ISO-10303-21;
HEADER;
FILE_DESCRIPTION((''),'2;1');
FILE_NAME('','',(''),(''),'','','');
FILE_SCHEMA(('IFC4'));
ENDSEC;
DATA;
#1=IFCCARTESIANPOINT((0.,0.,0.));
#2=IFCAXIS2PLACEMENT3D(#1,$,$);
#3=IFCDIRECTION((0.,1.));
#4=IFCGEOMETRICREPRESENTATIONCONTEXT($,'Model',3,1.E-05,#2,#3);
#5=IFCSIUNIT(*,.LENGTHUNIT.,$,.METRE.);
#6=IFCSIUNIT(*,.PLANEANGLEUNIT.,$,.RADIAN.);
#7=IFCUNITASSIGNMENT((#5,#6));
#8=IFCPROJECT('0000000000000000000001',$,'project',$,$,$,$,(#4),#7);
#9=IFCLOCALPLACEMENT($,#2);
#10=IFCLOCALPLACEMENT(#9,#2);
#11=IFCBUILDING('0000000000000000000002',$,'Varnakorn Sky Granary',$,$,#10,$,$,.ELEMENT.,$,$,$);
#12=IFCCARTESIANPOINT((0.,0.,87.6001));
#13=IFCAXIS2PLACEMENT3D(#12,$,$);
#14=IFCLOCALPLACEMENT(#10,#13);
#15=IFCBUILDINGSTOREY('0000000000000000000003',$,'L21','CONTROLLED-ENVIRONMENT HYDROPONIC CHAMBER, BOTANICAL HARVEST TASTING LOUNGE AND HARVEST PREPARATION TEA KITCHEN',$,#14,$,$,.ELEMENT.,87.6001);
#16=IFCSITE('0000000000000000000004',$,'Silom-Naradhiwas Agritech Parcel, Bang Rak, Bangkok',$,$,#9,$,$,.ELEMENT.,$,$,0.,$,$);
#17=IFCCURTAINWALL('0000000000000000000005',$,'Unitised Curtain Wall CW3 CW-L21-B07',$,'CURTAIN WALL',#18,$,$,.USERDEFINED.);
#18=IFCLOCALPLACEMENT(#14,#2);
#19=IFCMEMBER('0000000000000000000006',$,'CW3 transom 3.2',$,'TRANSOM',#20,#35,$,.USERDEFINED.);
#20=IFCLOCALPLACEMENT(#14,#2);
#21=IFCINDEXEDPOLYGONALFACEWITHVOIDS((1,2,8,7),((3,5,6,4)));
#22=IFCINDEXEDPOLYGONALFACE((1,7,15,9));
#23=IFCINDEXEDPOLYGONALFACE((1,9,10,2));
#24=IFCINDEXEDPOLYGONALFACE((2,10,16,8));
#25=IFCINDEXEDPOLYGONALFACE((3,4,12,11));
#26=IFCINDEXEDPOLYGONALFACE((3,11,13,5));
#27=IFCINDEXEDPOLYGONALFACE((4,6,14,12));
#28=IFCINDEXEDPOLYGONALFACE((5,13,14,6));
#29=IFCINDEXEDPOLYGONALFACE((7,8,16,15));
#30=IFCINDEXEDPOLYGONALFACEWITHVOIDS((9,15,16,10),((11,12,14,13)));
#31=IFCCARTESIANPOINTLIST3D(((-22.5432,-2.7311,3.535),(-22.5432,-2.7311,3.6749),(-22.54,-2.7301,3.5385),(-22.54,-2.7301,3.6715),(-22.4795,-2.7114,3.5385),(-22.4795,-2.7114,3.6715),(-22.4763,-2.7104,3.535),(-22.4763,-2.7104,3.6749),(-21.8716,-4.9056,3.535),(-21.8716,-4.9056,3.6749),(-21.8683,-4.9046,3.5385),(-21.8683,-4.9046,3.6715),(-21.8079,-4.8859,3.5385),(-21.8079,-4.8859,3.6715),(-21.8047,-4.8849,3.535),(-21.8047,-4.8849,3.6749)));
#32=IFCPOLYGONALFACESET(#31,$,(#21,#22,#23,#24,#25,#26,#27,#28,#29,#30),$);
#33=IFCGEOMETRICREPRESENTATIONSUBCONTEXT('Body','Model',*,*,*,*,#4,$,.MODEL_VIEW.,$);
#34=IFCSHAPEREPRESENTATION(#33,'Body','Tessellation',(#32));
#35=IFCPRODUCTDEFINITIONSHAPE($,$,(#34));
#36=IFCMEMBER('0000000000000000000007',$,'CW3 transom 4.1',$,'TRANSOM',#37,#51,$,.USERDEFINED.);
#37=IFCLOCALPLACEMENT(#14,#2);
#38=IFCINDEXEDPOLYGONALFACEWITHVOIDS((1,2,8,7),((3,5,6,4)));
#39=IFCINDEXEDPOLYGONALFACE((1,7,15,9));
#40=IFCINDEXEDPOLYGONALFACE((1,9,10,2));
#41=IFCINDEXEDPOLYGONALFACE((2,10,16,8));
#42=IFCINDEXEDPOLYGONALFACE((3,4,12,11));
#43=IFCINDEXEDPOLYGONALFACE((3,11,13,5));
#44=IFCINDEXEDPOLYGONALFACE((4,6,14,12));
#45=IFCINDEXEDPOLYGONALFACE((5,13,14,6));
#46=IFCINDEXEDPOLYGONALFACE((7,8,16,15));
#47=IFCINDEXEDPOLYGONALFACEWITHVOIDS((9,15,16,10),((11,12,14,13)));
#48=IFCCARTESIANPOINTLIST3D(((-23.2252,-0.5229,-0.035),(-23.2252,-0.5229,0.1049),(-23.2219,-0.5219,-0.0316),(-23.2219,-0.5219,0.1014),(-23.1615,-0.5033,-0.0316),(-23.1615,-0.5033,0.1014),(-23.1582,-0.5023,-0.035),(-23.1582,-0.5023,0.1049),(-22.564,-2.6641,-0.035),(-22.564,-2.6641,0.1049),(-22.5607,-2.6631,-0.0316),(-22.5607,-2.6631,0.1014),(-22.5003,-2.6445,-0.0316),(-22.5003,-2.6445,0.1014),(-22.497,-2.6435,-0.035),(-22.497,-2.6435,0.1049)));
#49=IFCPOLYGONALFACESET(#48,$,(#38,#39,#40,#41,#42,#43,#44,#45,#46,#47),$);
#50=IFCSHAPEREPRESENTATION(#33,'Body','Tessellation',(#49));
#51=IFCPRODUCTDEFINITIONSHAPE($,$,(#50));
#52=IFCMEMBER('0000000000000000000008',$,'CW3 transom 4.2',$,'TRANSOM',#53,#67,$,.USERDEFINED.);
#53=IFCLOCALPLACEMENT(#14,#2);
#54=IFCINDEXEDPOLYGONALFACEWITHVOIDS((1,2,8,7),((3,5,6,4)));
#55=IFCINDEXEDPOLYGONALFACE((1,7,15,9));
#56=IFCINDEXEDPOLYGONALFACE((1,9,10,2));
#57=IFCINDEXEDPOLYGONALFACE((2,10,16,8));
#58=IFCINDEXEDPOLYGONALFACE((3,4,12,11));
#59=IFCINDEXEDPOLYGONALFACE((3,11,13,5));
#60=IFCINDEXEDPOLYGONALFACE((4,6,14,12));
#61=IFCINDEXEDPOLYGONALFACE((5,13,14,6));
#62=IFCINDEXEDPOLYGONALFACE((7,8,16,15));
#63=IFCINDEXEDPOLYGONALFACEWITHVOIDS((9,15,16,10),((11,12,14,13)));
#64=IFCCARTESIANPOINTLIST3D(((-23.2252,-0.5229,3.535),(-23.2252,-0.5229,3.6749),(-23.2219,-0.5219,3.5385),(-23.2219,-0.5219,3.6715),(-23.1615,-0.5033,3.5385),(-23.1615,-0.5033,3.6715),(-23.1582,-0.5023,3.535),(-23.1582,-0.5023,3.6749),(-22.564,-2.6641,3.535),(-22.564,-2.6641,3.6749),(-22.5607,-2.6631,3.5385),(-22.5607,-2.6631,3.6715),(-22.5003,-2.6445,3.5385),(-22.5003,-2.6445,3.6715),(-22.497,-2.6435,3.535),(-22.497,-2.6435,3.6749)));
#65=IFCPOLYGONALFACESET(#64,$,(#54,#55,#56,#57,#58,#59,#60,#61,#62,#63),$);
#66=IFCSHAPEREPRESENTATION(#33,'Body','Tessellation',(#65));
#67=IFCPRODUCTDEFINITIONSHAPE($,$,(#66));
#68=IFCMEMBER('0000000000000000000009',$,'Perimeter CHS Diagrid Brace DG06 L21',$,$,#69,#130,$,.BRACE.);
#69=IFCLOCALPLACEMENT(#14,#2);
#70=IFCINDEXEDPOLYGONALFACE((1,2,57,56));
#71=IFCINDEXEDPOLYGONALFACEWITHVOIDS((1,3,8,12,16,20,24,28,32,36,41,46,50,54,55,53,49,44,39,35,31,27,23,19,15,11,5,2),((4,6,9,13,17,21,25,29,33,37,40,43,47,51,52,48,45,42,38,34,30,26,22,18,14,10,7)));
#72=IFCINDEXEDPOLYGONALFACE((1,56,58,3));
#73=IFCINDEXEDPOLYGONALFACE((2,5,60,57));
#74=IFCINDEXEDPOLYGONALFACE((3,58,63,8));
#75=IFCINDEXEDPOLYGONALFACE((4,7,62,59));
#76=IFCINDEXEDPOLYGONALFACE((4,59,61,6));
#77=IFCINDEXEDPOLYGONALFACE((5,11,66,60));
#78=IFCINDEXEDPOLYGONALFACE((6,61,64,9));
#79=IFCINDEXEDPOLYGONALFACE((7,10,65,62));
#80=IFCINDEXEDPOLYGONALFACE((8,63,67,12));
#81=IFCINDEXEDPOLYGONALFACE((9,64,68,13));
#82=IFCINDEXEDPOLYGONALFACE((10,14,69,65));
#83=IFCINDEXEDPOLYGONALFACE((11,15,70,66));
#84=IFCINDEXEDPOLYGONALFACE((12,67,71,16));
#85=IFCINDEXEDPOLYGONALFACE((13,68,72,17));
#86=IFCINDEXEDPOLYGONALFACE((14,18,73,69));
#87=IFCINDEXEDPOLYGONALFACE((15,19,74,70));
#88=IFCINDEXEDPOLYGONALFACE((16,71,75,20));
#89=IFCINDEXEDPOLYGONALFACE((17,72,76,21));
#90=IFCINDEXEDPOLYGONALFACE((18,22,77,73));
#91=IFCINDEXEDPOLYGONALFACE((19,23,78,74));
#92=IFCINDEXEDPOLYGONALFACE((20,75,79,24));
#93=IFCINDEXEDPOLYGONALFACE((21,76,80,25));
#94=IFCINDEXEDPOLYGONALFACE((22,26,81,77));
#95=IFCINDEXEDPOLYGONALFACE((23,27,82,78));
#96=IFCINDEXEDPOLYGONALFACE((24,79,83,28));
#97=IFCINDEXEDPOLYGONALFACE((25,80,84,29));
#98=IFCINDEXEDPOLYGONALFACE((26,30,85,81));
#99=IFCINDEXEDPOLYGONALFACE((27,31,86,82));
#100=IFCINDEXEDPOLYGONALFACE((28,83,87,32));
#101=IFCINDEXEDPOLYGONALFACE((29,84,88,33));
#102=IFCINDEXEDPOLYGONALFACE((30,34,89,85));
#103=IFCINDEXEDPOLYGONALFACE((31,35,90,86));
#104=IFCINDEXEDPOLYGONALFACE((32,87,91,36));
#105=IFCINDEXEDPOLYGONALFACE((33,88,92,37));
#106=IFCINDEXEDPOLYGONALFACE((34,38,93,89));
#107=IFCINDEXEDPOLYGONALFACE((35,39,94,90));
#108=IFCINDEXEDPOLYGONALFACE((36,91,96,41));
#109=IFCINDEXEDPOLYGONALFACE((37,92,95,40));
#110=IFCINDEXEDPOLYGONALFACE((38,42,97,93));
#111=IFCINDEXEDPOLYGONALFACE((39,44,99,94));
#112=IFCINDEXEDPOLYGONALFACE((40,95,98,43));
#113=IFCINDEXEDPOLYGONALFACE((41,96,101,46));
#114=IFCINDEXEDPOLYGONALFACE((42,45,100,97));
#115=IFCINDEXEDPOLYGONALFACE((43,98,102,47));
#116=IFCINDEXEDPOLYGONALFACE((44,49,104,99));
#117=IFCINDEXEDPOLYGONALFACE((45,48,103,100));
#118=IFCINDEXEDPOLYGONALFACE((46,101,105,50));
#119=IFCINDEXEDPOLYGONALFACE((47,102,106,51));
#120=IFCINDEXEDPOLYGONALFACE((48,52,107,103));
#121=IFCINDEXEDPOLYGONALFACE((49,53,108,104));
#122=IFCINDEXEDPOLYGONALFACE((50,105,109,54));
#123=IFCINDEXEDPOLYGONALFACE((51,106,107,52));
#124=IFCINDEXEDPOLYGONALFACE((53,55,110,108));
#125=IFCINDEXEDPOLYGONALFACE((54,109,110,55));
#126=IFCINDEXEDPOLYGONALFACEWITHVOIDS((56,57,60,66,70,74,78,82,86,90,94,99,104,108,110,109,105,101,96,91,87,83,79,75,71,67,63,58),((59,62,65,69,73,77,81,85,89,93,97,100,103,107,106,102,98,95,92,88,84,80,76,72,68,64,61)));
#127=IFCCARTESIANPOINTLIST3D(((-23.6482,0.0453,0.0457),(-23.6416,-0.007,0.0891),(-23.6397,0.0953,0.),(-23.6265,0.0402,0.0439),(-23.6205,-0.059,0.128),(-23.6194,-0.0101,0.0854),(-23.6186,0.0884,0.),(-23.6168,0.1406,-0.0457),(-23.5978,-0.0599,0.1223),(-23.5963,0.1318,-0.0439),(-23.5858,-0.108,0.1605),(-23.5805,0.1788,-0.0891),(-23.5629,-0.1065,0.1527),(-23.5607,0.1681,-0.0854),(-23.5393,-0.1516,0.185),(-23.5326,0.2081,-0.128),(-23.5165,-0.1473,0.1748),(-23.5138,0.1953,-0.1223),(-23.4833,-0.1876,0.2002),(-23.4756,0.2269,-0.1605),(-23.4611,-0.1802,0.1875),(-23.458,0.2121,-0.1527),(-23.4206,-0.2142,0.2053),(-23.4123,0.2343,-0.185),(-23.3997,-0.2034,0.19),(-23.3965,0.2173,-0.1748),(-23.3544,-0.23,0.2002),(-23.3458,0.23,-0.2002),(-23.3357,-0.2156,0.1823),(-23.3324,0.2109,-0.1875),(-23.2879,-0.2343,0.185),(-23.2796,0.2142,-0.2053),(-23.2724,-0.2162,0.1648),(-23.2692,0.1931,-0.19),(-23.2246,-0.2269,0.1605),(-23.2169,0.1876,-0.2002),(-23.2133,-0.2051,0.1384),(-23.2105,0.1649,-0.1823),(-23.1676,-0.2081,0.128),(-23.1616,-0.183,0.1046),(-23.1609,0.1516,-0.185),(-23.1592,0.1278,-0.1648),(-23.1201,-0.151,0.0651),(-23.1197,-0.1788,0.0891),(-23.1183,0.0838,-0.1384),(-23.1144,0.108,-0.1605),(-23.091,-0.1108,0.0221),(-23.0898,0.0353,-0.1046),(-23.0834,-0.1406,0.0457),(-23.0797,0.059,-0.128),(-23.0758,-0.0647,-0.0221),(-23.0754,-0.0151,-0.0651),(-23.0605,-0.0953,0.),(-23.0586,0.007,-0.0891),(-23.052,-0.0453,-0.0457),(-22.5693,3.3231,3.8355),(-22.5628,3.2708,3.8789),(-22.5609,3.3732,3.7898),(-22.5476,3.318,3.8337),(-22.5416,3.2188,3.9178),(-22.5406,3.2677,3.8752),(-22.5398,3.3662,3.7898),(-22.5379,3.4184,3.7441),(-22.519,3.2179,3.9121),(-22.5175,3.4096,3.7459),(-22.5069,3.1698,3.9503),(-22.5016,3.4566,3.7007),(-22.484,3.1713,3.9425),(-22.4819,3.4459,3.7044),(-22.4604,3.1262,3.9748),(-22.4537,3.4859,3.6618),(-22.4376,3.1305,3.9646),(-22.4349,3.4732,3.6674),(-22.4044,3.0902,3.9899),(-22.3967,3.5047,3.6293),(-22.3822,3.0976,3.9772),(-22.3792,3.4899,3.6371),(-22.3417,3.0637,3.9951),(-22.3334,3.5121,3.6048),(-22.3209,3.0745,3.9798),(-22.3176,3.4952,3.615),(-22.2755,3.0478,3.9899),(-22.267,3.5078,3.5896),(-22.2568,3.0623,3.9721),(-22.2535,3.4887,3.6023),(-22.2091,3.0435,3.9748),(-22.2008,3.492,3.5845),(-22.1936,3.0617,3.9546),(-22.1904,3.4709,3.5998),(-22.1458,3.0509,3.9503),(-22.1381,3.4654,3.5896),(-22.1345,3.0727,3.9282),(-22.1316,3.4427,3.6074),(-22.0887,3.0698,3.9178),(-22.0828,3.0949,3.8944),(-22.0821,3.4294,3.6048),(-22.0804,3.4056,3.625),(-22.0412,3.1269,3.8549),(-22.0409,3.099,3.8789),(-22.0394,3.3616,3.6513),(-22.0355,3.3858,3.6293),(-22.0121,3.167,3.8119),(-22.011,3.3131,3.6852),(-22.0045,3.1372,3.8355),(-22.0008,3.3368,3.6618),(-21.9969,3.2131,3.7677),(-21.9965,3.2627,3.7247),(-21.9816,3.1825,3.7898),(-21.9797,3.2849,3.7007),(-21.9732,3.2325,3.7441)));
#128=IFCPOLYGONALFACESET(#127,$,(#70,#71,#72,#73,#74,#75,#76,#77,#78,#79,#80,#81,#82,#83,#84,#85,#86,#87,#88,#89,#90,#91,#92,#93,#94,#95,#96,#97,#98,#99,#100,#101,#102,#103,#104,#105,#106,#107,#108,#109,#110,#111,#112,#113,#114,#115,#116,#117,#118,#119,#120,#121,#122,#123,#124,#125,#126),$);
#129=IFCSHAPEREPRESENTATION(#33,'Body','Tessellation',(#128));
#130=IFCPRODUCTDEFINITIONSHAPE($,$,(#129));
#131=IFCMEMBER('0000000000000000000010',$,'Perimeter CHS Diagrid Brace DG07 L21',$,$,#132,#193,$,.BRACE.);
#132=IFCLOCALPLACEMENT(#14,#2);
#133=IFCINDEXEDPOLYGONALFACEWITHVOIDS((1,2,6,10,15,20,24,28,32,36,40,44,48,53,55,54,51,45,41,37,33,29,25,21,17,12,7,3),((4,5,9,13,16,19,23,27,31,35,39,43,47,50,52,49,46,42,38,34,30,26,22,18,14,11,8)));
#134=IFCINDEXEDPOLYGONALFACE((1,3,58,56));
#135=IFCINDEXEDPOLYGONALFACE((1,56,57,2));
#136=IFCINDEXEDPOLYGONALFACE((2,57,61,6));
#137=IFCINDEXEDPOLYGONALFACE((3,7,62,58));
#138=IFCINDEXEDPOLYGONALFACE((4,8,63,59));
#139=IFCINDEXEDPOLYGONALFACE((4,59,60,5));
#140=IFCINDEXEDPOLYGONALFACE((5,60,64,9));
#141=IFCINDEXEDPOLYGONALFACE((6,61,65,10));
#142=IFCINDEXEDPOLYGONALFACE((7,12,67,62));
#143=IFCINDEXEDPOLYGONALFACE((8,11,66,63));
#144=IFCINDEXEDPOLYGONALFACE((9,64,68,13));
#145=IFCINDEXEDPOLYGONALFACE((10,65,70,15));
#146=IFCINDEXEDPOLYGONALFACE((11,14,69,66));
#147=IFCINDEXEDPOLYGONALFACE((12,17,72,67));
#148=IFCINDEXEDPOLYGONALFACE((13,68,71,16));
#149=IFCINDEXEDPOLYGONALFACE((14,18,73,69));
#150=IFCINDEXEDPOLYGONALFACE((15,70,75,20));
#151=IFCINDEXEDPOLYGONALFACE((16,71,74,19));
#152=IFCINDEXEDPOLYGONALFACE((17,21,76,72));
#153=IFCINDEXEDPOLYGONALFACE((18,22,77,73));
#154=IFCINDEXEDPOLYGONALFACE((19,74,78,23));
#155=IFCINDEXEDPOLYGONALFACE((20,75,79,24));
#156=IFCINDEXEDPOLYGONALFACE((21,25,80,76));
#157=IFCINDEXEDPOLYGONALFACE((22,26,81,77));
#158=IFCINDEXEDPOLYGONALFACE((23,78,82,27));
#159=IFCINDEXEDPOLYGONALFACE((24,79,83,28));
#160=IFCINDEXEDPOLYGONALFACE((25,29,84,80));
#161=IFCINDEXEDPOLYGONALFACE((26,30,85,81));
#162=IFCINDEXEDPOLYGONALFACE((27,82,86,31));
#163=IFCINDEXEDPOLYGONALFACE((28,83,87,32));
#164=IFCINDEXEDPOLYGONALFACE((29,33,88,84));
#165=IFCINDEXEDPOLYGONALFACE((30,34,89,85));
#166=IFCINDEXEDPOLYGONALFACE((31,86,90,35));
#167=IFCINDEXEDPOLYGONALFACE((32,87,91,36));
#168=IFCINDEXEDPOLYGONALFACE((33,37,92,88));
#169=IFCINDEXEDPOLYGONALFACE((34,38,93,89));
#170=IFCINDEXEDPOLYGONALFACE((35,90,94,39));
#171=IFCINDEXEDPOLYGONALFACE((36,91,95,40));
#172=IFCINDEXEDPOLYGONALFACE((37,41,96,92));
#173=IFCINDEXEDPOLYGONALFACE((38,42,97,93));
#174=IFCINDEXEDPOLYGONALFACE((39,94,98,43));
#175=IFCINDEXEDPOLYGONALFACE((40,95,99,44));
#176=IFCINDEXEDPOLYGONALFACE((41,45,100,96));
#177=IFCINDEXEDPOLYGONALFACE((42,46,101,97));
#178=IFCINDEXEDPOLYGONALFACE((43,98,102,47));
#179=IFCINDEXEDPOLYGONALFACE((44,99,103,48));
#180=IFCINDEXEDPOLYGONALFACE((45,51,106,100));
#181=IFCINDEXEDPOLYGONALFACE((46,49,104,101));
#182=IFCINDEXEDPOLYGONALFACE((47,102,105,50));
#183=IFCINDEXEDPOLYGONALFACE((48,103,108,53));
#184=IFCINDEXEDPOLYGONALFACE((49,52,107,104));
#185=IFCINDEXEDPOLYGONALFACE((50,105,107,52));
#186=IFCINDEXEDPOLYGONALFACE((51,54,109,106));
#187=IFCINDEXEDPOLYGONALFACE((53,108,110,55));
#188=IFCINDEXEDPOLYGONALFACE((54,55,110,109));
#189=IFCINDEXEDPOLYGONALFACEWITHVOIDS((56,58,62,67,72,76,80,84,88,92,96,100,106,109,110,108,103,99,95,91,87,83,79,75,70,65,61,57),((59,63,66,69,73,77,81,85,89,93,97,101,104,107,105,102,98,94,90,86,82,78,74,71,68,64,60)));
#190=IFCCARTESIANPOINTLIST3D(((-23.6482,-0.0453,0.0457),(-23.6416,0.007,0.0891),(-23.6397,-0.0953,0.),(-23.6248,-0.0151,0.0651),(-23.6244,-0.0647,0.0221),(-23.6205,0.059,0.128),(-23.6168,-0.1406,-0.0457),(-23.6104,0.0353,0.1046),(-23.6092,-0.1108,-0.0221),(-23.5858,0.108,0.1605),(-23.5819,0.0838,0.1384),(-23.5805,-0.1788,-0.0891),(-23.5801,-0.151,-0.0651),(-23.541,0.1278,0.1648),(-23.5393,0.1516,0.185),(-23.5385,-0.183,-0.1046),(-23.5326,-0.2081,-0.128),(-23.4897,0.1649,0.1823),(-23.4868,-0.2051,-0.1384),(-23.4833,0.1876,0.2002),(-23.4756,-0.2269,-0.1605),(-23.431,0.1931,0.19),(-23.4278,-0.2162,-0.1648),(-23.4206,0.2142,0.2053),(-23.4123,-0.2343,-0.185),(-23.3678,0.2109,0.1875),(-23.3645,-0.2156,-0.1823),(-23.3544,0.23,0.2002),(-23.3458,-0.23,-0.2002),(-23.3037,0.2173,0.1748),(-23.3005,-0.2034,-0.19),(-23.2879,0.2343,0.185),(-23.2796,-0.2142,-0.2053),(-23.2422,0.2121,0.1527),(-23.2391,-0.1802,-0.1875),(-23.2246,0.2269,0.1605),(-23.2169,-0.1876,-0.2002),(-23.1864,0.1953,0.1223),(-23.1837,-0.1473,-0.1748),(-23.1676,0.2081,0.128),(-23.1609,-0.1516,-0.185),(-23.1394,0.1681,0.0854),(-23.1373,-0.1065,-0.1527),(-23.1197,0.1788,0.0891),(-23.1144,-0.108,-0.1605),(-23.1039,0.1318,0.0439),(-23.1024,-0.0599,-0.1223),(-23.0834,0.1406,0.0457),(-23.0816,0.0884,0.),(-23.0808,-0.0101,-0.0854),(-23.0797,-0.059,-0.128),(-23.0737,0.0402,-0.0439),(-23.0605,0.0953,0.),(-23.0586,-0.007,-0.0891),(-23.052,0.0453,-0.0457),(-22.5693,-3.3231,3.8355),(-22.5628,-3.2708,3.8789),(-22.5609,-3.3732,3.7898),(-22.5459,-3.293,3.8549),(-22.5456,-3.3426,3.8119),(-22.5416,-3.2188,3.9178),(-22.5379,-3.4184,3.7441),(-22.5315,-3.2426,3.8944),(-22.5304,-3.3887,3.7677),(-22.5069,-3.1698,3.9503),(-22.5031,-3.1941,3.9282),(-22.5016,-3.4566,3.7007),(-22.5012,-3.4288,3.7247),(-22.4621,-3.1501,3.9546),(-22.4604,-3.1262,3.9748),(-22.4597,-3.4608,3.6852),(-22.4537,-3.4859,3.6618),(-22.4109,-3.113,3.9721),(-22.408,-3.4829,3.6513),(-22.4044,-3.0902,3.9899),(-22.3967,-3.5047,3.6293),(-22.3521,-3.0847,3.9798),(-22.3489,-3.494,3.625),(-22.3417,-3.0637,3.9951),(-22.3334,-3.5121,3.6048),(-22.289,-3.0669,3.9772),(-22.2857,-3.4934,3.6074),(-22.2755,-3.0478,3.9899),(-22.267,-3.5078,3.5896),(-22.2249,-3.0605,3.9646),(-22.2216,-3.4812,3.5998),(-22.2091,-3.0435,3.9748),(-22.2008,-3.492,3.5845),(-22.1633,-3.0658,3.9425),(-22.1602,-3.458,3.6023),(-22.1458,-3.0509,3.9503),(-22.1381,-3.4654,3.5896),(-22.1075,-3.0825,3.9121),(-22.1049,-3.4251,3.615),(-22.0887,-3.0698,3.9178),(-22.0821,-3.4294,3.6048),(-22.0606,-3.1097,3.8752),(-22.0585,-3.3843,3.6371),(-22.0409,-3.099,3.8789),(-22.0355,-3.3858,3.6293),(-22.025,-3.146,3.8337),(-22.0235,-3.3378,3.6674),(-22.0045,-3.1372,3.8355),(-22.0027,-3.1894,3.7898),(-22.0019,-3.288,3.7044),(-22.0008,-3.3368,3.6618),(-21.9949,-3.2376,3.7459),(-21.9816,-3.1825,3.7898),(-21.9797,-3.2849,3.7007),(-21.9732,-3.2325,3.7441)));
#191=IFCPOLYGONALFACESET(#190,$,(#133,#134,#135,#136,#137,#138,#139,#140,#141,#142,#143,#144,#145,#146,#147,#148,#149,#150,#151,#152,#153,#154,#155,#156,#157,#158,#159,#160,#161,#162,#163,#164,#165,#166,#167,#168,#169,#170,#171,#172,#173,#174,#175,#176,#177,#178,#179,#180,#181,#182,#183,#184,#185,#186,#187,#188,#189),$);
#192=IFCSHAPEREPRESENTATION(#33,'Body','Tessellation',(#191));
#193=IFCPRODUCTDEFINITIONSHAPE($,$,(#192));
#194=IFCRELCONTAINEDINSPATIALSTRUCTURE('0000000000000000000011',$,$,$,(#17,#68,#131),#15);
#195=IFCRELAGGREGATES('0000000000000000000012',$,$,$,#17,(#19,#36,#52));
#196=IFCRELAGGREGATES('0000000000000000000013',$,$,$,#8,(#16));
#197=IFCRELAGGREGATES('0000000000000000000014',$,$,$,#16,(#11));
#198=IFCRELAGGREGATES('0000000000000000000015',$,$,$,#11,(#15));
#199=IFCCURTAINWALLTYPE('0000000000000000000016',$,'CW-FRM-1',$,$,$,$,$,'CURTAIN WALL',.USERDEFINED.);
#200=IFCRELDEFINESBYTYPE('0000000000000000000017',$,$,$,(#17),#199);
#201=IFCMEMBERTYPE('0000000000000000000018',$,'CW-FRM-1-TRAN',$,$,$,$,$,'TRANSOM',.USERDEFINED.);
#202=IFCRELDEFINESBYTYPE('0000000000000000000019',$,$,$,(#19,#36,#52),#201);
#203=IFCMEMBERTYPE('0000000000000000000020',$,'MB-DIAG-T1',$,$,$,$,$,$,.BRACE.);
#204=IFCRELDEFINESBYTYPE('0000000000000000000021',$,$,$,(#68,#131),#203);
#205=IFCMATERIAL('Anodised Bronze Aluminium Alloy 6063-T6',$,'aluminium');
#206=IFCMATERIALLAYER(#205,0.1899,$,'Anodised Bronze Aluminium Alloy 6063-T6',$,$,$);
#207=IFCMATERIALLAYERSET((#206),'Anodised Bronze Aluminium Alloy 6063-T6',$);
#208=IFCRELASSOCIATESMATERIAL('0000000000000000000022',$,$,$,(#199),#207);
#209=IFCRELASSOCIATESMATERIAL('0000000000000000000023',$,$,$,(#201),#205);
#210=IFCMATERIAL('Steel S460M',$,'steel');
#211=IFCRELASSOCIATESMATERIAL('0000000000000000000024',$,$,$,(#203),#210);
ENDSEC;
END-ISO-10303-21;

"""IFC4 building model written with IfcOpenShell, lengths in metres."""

from ifc_helpers import new_model, si_unit, direction, frame, origin, origin_2d, place, context, subcontext, project, spatial, hollow_rectangle, hollow_circle, extrude, material, layer, layer_set, material_profile, profile_set, type_object, element, aggregate, save


model = new_model("IFC4")

# Units and contexts
model_context = context("Model", 3, precision=1e-05, world=origin(), true_north=direction((0.0, 1.0)))
body_context = subcontext(model_context, "Body", "Model", "MODEL_VIEW")
ifc_project = project(units=[si_unit("LENGTHUNIT", "METRE"), si_unit("PLANEANGLEUNIT", "RADIAN")], contexts=[model_context])

# Site, building, storey
site_placement = place(None, origin())
site = spatial("IfcSite", under=ifc_project, at=site_placement, Name="Silom-Naradhiwas Agritech Parcel, Bang Rak, Bangkok", CompositionType="ELEMENT", RefElevation=0.0)
building_placement = place(site_placement, origin())
building = spatial("IfcBuilding", under=site, at=building_placement, Name="Varnakorn Sky Granary", CompositionType="ELEMENT")
storey_placement = place(building_placement, frame((0.0, 0.0, 87.6001)))
storey = spatial("IfcBuildingStorey", under=building, at=storey_placement, Name="L21", Description="CONTROLLED-ENVIRONMENT HYDROPONIC CHAMBER, BOTANICAL HARVEST TASTING LOUNGE AND HARVEST PREPARATION TEA KITCHEN", CompositionType="ELEMENT", Elevation=87.6001)

# Shared definitions
ifc_material_1 = material(Name="Steel S460M", Category="steel")

# Curtain wall, members
ifc_material_2 = material(Name="Anodised Bronze Aluminium Alloy 6063-T6", Category="aluminium")
ifc_layer_1 = layer(ifc_material_2, 0.1899, Name="Anodised Bronze Aluminium Alloy 6063-T6")
ifc_layer_set_1 = layer_set([ifc_layer_1], Name="Anodised Bronze Aluminium Alloy 6063-T6")
curtain_wall_type = type_object("IfcCurtainWallType", Name="CW-FRM-1", ElementType="CURTAIN WALL", PredefinedType="USERDEFINED", material=ifc_layer_set_1)
curtain_wall_placement = place(storey_placement, origin())
curtain_wall = element("IfcCurtainWall", 1, at=curtain_wall_placement, inside=storey, type_object=curtain_wall_type, Name="Unitised Curtain Wall CW3 CW-L21-B07", ObjectType="CURTAIN WALL", PredefinedType="USERDEFINED")
ifc_material_profile_1 = material_profile(ifc_material_2, hollow_rectangle(XDim=0.0701, YDim=0.1399, WallThickness=0.0034, at=origin_2d()), Name="ALU TRAN 70x140")
ifc_profile_set_1 = profile_set([ifc_material_profile_1], Name="Anodised Bronze Aluminium Alloy 6063-T6")
member_type_1 = type_object("IfcMemberType", Name="CW-FRM-1-TRAN", ElementType="TRANSOM", PredefinedType="USERDEFINED", material=ifc_profile_set_1)
member_1_placement = place(storey_placement, frame((-21.8381, -4.8953, 3.605), z_axis=(-0.295103, 0.955465, 0.0), x_axis=(-0.955465, -0.295103, 0.0)))
member_1 = element("IfcMember", 2, at=member_1_placement, type_object=member_type_1, Name="CW3 transom 3.2", ObjectType="TRANSOM", PredefinedType="USERDEFINED", context=body_context, shape_type="SweptSolid", body=[
    extrude(hollow_rectangle(XDim=0.0701, YDim=0.1399, WallThickness=0.0034, at=origin_2d()), origin(), (0.0, 0.0, 1.0), 2.2759),
])
member_2_placement = place(storey_placement, frame((-22.5305, -2.6538, 0.0349), z_axis=(-0.295035, 0.955486, 0.0), x_axis=(-0.955486, -0.295035, 0.0)))
member_2 = element("IfcMember", 3, at=member_2_placement, type_object=member_type_1, Name="CW3 transom 4.1", ObjectType="TRANSOM", PredefinedType="USERDEFINED", context=body_context, shape_type="SweptSolid", body=[
    extrude(hollow_rectangle(XDim=0.0701, YDim=0.1399, WallThickness=0.0034, at=origin_2d()), origin(), (0.0, 0.0, 1.0), 2.241),
])
member_3_placement = place(storey_placement, frame((-22.5305, -2.6538, 3.605), z_axis=(-0.295035, 0.955486, 0.0), x_axis=(-0.955486, -0.295035, 0.0)))
member_3 = element("IfcMember", 4, at=member_3_placement, type_object=member_type_1, Name="CW3 transom 4.2", ObjectType="TRANSOM", PredefinedType="USERDEFINED", context=body_context, shape_type="SweptSolid", body=[
    extrude(hollow_rectangle(XDim=0.0701, YDim=0.1399, WallThickness=0.0034, at=origin_2d()), origin(), (0.0, 0.0, 1.0), 2.241),
])

# Members
ifc_material_profile_2 = material_profile(ifc_material_1, hollow_circle(Radius=0.3049, WallThickness=0.0222, at=origin_2d()), Name="CHS 610x22")
ifc_profile_set_2 = profile_set([ifc_material_profile_2], Name="Steel S460M")
member_type_2 = type_object("IfcMemberType", Name="MB-DIAG-T1", PredefinedType="BRACE", material=ifc_profile_set_2)
for number, where, z_axis, x_axis, name in (
    (5, (-23.3501, 0.0, 0.0), (0.210489, 0.639516, 0.739401), (-0.949872, 0.312639, 0.0), "Perimeter CHS Diagrid Brace DG06 L21"),
    (6, (-23.3501, 0.0, 0.0), (0.210489, -0.639516, 0.739401), (0.949872, 0.312639, 0.0), "Perimeter CHS Diagrid Brace DG07 L21"),
):
    element("IfcMember", number, at=place(storey_placement, frame(where, z_axis=z_axis, x_axis=x_axis)), inside=storey, type_object=member_type_2, Name=name, PredefinedType="BRACE", context=body_context, shape_type="SweptSolid", body=[
        extrude(hollow_circle(Radius=0.3049, WallThickness=0.0222, at=origin_2d()), origin(), (0.0, 0.0, 1.0), 5.1255),
    ])

aggregate(curtain_wall, [member_1, member_2, member_3])

save(model, "model.ifc")
